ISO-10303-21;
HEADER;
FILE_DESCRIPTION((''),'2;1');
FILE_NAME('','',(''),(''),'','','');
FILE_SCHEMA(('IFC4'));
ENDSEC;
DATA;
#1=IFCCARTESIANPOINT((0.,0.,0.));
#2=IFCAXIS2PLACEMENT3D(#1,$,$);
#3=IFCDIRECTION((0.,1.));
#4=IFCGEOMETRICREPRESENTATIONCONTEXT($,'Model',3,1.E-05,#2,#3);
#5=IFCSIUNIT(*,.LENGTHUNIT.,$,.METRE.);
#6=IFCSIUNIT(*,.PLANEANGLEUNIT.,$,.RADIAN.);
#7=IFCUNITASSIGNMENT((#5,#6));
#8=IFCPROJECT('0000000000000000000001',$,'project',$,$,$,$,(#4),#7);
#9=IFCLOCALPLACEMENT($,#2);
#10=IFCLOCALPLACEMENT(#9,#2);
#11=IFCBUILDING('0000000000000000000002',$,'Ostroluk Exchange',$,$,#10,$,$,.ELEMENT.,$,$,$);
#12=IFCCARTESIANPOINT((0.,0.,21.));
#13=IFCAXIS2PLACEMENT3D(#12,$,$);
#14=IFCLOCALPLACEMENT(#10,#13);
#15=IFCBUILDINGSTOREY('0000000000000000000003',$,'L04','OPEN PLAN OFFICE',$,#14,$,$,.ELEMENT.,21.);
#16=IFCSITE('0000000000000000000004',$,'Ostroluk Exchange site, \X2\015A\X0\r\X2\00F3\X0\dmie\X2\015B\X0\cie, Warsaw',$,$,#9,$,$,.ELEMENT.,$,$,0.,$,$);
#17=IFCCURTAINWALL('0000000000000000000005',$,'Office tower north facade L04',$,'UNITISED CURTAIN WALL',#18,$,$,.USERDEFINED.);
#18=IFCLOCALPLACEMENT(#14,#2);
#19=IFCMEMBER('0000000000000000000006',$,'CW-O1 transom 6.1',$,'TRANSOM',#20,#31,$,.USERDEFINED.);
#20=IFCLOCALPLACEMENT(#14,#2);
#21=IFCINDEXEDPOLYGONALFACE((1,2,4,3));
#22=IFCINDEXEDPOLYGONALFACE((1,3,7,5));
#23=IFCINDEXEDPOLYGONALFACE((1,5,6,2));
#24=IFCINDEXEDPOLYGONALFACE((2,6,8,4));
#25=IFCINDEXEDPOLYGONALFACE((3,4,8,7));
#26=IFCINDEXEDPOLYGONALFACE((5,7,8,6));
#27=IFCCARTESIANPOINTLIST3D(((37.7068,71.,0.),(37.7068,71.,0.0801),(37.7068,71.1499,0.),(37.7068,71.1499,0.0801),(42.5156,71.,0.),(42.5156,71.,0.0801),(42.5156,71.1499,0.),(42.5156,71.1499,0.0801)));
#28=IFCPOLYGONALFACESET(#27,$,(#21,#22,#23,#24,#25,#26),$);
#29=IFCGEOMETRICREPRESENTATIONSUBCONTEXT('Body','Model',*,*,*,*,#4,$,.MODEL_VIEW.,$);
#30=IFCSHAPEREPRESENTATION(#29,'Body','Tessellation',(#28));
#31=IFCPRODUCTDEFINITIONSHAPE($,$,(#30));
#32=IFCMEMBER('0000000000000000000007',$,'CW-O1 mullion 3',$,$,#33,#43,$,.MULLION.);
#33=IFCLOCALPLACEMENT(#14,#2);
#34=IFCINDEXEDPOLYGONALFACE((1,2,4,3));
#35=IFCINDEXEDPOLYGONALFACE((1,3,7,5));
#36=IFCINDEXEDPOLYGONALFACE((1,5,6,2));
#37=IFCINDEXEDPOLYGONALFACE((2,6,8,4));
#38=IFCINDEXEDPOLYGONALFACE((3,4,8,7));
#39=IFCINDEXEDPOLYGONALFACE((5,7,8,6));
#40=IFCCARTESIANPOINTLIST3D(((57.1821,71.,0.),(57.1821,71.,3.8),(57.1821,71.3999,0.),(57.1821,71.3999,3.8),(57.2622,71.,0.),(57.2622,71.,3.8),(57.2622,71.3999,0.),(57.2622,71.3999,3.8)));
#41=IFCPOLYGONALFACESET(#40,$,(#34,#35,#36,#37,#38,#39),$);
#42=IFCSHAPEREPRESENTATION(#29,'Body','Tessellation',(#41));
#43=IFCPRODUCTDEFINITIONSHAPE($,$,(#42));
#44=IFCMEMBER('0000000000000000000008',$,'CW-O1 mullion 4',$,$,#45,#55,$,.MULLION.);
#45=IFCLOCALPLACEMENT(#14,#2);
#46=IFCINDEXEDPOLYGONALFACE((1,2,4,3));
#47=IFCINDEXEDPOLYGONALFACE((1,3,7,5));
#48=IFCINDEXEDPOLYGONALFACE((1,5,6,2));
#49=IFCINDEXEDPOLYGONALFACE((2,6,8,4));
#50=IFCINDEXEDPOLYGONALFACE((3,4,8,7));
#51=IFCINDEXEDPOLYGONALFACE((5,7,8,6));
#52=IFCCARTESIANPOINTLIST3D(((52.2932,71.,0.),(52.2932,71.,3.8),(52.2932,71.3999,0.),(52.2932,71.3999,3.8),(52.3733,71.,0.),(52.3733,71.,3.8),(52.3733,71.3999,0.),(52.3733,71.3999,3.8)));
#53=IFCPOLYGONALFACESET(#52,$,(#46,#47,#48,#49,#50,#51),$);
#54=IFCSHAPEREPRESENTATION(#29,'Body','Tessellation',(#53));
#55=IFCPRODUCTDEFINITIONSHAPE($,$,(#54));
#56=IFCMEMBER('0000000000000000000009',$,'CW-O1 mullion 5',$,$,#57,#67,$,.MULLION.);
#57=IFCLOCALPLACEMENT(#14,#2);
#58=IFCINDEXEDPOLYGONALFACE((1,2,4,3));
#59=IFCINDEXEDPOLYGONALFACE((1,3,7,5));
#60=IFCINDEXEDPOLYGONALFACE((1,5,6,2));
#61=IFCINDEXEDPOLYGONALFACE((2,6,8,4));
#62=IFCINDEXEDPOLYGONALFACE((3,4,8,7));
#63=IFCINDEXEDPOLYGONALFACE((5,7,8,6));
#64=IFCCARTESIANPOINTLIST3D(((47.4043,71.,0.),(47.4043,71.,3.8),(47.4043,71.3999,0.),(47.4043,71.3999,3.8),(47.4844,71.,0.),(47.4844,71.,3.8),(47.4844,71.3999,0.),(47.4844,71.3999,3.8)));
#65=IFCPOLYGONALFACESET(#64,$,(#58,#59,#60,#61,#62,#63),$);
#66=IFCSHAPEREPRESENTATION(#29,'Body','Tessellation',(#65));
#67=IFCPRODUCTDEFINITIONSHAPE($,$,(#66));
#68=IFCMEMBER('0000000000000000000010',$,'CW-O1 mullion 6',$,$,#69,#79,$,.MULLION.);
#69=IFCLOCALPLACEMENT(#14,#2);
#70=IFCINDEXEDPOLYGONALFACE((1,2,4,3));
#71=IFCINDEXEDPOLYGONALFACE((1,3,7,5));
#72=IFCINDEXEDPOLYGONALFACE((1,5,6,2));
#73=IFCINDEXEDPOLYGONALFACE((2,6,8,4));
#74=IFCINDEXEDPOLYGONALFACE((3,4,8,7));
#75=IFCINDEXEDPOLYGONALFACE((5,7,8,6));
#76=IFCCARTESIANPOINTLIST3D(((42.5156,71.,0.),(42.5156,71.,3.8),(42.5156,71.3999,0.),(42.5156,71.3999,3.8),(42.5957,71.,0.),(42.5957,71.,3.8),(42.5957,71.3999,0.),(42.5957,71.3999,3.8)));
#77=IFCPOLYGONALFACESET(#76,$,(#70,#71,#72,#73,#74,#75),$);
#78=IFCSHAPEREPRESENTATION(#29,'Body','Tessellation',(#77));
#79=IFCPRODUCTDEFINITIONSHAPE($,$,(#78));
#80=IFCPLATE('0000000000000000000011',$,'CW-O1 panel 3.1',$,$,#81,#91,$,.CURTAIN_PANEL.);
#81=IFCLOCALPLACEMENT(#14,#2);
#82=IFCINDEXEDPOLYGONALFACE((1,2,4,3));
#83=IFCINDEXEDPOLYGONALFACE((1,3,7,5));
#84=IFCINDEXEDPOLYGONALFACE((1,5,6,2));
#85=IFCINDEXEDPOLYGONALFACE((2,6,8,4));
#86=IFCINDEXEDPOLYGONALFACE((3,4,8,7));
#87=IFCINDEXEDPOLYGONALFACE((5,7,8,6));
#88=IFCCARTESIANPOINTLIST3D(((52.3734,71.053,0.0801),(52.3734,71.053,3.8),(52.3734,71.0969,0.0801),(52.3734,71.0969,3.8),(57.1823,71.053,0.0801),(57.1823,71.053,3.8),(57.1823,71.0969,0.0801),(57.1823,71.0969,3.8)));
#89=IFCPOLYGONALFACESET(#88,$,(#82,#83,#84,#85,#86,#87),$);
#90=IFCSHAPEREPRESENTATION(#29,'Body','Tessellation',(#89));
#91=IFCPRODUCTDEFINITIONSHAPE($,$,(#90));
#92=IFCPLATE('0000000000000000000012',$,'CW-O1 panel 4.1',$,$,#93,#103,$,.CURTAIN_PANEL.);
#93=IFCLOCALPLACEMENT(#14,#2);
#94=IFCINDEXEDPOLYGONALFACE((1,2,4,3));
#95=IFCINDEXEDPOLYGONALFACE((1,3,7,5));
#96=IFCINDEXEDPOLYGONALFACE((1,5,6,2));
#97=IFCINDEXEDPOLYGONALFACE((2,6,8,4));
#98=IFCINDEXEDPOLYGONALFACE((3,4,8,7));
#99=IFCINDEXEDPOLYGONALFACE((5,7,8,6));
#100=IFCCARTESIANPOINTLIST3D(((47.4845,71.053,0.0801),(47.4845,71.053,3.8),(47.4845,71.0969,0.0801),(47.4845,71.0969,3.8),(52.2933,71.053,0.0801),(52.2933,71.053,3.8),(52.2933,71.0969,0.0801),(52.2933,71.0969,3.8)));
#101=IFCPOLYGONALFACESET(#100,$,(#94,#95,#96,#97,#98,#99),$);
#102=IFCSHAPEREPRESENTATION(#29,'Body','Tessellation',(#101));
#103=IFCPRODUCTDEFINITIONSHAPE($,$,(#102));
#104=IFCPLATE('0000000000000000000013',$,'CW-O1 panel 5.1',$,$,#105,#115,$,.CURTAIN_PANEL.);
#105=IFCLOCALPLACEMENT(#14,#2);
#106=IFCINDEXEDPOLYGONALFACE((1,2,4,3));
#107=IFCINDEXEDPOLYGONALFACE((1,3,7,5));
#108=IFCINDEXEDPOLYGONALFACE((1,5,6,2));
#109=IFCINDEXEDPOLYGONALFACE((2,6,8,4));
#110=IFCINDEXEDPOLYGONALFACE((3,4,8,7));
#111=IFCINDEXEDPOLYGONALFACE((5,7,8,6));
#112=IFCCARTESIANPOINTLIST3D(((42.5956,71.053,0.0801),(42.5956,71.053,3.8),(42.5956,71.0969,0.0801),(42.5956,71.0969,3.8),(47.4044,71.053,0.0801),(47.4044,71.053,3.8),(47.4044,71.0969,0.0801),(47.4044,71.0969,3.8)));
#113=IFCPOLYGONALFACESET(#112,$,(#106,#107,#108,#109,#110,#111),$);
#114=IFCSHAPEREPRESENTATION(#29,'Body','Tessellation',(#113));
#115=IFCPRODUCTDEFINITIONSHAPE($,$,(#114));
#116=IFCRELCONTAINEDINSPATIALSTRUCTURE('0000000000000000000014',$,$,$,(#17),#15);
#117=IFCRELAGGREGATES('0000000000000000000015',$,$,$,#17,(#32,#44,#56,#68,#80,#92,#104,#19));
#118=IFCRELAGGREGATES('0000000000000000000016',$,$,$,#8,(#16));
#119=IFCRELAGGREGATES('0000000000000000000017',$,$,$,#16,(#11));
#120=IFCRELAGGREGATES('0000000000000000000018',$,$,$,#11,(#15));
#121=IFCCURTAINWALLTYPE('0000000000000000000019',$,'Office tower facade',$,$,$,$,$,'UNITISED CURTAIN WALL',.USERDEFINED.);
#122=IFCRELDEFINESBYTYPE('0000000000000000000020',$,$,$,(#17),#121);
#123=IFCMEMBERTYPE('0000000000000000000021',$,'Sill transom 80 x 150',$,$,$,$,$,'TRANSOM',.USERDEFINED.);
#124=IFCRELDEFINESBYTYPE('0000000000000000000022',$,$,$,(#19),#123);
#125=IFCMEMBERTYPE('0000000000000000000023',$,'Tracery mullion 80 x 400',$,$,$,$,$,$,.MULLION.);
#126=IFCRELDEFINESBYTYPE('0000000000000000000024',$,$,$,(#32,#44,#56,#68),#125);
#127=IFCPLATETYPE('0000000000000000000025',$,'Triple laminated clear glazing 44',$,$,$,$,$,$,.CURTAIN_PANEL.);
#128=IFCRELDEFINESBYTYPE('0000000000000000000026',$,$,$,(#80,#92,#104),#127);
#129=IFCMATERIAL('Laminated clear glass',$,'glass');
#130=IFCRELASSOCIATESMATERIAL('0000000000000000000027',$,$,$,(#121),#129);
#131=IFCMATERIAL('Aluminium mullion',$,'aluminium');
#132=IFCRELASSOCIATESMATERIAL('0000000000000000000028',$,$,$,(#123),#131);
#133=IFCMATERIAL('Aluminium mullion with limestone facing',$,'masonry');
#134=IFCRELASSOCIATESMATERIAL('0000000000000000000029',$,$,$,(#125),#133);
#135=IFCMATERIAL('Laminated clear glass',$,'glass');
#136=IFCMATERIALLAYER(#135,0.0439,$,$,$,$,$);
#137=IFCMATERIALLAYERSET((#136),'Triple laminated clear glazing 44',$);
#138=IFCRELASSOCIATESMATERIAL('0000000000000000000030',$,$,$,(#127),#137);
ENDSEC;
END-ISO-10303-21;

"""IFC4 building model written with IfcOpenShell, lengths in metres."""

from ifc_helpers import new_model, si_unit, direction, frame, origin, origin_2d, place, context, subcontext, project, spatial, rectangle, extrude, material, layer, layer_set, material_profile, profile_set, type_object, element, aggregate, save


model = new_model("IFC4")

# Units and contexts
model_context = context("Model", 3, precision=1e-05, world=origin(), true_north=direction((0.0, 1.0)))
body_context = subcontext(model_context, "Body", "Model", "MODEL_VIEW")
ifc_project = project(units=[si_unit("LENGTHUNIT", "METRE"), si_unit("PLANEANGLEUNIT", "RADIAN")], contexts=[model_context])

# Site, building, storey
site_placement = place(None, origin())
site = spatial("IfcSite", under=ifc_project, at=site_placement, Name="Ostroluk Exchange site, Śródmieście, Warsaw", CompositionType="ELEMENT", RefElevation=0.0)
building_placement = place(site_placement, origin())
building = spatial("IfcBuilding", under=site, at=building_placement, Name="Ostroluk Exchange", CompositionType="ELEMENT")
storey_placement = place(building_placement, frame((0.0, 0.0, 21.0)))
storey = spatial("IfcBuildingStorey", under=building, at=storey_placement, Name="L04", Description="OPEN PLAN OFFICE", CompositionType="ELEMENT", Elevation=21.0)

# Curtain wall, members, plates
ifc_material_1 = material(Name="Laminated clear glass", Category="glass")
curtain_wall_type = type_object("IfcCurtainWallType", Name="Office tower facade", ElementType="UNITISED CURTAIN WALL", PredefinedType="USERDEFINED", material=ifc_material_1)
curtain_wall_placement = place(storey_placement, origin())
curtain_wall = element("IfcCurtainWall", 1, at=curtain_wall_placement, inside=storey, type_object=curtain_wall_type, Name="Office tower north facade L04", ObjectType="UNITISED CURTAIN WALL", PredefinedType="USERDEFINED")
ifc_material_2 = material(Name="Aluminium mullion", Category="aluminium")
ifc_material_profile_1 = material_profile(ifc_material_2, rectangle(XDim=0.1499, YDim=0.0801, at=origin_2d()), Name="Sill transom 80 x 150")
ifc_profile_set_1 = profile_set([ifc_material_profile_1], Name="Aluminium mullion")
member_type_1 = type_object("IfcMemberType", Name="Sill transom 80 x 150", ElementType="TRANSOM", PredefinedType="USERDEFINED", material=ifc_profile_set_1)
member_1_placement = place(storey_placement, frame((42.5156, 71.075, 0.04), z_axis=(-1.0, 0.0, 0.0), x_axis=(0.0, -1.0, 0.0)))
member_1 = element("IfcMember", 2, at=member_1_placement, type_object=member_type_1, Name="CW-O1 transom 6.1", ObjectType="TRANSOM", PredefinedType="USERDEFINED", context=body_context, shape_type="SweptSolid", body=[
    extrude(rectangle(XDim=0.1499, YDim=0.0801, at=origin_2d()), origin(), (0.0, 0.0, 1.0), 4.8088),
])
ifc_material_3 = material(Name="Aluminium mullion with limestone facing", Category="masonry")
ifc_material_profile_2 = material_profile(ifc_material_3, rectangle(XDim=0.3999, YDim=0.0801, at=origin_2d()), Name="Tracery mullion 80 x 400")
ifc_profile_set_2 = profile_set([ifc_material_profile_2], Name="Aluminium mullion with limestone facing")
member_type_2 = type_object("IfcMemberType", Name="Tracery mullion 80 x 400", PredefinedType="MULLION", material=ifc_profile_set_2)
member_2_placement = place(storey_placement, frame((57.2222, 71.2, 0.0), z_axis=(0.0, 0.0, 1.0), x_axis=(0.0, -1.0, 0.0)))
member_2 = element("IfcMember", 3, at=member_2_placement, type_object=member_type_2, Name="CW-O1 mullion 3", PredefinedType="MULLION", context=body_context, shape_type="SweptSolid", body=[
    extrude(rectangle(XDim=0.3999, YDim=0.0801, at=origin_2d()), origin(), (0.0, 0.0, 1.0), 3.8),
])
member_3_placement = place(storey_placement, frame((52.3333, 71.2, 0.0), z_axis=(0.0, 0.0, 1.0), x_axis=(0.0, -1.0, 0.0)))
member_3 = element("IfcMember", 4, at=member_3_placement, type_object=member_type_2, Name="CW-O1 mullion 4", PredefinedType="MULLION", context=body_context, shape_type="SweptSolid", body=[
    extrude(rectangle(XDim=0.3999, YDim=0.0801, at=origin_2d()), origin(), (0.0, 0.0, 1.0), 3.8),
])
member_4_placement = place(storey_placement, frame((47.4443, 71.2, 0.0), z_axis=(0.0, 0.0, 1.0), x_axis=(0.0, -1.0, 0.0)))
member_4 = element("IfcMember", 5, at=member_4_placement, type_object=member_type_2, Name="CW-O1 mullion 5", PredefinedType="MULLION", context=body_context, shape_type="SweptSolid", body=[
    extrude(rectangle(XDim=0.3999, YDim=0.0801, at=origin_2d()), origin(), (0.0, 0.0, 1.0), 3.8),
])
member_5_placement = place(storey_placement, frame((42.5557, 71.2, 0.0), z_axis=(0.0, 0.0, 1.0), x_axis=(0.0, -1.0, 0.0)))
member_5 = element("IfcMember", 6, at=member_5_placement, type_object=member_type_2, Name="CW-O1 mullion 6", PredefinedType="MULLION", context=body_context, shape_type="SweptSolid", body=[
    extrude(rectangle(XDim=0.3999, YDim=0.0801, at=origin_2d()), origin(), (0.0, 0.0, 1.0), 3.8),
])
ifc_material_4 = material(Name="Laminated clear glass", Category="glass")
ifc_layer = layer(ifc_material_4, 0.0439)
ifc_layer_set = layer_set([ifc_layer], Name="Triple laminated clear glazing 44")
plate_type = type_object("IfcPlateType", Name="Triple laminated clear glazing 44", PredefinedType="CURTAIN_PANEL", material=ifc_layer_set)
plate_1_placement = place(storey_placement, frame((54.7778, 71.075, 0.0801), z_axis=(0.0, 0.0, 1.0), x_axis=(-1.0, 0.0, 0.0)))
plate_1 = element("IfcPlate", 7, at=plate_1_placement, type_object=plate_type, Name="CW-O1 panel 3.1", PredefinedType="CURTAIN_PANEL", context=body_context, shape_type="SweptSolid", body=[
    extrude(rectangle(XDim=4.8088, YDim=0.0439, at=origin_2d()), origin(), (0.0, 0.0, 1.0), 3.72),
])
plate_2_placement = place(storey_placement, frame((49.8889, 71.075, 0.0801), z_axis=(0.0, 0.0, 1.0), x_axis=(-1.0, 0.0, 0.0)))
plate_2 = element("IfcPlate", 8, at=plate_2_placement, type_object=plate_type, Name="CW-O1 panel 4.1", PredefinedType="CURTAIN_PANEL", context=body_context, shape_type="SweptSolid", body=[
    extrude(rectangle(XDim=4.8088, YDim=0.0439, at=origin_2d()), origin(), (0.0, 0.0, 1.0), 3.72),
])
plate_3_placement = place(storey_placement, frame((45.0, 71.075, 0.0801), z_axis=(0.0, 0.0, 1.0), x_axis=(-1.0, 0.0, 0.0)))
plate_3 = element("IfcPlate", 9, at=plate_3_placement, type_object=plate_type, Name="CW-O1 panel 5.1", PredefinedType="CURTAIN_PANEL", context=body_context, shape_type="SweptSolid", body=[
    extrude(rectangle(XDim=4.8088, YDim=0.0439, at=origin_2d()), origin(), (0.0, 0.0, 1.0), 3.72),
])
aggregate(curtain_wall, [member_2, member_3, member_4, member_5, plate_1, plate_2, plate_3, member_1])

save(model, "model.ifc")
